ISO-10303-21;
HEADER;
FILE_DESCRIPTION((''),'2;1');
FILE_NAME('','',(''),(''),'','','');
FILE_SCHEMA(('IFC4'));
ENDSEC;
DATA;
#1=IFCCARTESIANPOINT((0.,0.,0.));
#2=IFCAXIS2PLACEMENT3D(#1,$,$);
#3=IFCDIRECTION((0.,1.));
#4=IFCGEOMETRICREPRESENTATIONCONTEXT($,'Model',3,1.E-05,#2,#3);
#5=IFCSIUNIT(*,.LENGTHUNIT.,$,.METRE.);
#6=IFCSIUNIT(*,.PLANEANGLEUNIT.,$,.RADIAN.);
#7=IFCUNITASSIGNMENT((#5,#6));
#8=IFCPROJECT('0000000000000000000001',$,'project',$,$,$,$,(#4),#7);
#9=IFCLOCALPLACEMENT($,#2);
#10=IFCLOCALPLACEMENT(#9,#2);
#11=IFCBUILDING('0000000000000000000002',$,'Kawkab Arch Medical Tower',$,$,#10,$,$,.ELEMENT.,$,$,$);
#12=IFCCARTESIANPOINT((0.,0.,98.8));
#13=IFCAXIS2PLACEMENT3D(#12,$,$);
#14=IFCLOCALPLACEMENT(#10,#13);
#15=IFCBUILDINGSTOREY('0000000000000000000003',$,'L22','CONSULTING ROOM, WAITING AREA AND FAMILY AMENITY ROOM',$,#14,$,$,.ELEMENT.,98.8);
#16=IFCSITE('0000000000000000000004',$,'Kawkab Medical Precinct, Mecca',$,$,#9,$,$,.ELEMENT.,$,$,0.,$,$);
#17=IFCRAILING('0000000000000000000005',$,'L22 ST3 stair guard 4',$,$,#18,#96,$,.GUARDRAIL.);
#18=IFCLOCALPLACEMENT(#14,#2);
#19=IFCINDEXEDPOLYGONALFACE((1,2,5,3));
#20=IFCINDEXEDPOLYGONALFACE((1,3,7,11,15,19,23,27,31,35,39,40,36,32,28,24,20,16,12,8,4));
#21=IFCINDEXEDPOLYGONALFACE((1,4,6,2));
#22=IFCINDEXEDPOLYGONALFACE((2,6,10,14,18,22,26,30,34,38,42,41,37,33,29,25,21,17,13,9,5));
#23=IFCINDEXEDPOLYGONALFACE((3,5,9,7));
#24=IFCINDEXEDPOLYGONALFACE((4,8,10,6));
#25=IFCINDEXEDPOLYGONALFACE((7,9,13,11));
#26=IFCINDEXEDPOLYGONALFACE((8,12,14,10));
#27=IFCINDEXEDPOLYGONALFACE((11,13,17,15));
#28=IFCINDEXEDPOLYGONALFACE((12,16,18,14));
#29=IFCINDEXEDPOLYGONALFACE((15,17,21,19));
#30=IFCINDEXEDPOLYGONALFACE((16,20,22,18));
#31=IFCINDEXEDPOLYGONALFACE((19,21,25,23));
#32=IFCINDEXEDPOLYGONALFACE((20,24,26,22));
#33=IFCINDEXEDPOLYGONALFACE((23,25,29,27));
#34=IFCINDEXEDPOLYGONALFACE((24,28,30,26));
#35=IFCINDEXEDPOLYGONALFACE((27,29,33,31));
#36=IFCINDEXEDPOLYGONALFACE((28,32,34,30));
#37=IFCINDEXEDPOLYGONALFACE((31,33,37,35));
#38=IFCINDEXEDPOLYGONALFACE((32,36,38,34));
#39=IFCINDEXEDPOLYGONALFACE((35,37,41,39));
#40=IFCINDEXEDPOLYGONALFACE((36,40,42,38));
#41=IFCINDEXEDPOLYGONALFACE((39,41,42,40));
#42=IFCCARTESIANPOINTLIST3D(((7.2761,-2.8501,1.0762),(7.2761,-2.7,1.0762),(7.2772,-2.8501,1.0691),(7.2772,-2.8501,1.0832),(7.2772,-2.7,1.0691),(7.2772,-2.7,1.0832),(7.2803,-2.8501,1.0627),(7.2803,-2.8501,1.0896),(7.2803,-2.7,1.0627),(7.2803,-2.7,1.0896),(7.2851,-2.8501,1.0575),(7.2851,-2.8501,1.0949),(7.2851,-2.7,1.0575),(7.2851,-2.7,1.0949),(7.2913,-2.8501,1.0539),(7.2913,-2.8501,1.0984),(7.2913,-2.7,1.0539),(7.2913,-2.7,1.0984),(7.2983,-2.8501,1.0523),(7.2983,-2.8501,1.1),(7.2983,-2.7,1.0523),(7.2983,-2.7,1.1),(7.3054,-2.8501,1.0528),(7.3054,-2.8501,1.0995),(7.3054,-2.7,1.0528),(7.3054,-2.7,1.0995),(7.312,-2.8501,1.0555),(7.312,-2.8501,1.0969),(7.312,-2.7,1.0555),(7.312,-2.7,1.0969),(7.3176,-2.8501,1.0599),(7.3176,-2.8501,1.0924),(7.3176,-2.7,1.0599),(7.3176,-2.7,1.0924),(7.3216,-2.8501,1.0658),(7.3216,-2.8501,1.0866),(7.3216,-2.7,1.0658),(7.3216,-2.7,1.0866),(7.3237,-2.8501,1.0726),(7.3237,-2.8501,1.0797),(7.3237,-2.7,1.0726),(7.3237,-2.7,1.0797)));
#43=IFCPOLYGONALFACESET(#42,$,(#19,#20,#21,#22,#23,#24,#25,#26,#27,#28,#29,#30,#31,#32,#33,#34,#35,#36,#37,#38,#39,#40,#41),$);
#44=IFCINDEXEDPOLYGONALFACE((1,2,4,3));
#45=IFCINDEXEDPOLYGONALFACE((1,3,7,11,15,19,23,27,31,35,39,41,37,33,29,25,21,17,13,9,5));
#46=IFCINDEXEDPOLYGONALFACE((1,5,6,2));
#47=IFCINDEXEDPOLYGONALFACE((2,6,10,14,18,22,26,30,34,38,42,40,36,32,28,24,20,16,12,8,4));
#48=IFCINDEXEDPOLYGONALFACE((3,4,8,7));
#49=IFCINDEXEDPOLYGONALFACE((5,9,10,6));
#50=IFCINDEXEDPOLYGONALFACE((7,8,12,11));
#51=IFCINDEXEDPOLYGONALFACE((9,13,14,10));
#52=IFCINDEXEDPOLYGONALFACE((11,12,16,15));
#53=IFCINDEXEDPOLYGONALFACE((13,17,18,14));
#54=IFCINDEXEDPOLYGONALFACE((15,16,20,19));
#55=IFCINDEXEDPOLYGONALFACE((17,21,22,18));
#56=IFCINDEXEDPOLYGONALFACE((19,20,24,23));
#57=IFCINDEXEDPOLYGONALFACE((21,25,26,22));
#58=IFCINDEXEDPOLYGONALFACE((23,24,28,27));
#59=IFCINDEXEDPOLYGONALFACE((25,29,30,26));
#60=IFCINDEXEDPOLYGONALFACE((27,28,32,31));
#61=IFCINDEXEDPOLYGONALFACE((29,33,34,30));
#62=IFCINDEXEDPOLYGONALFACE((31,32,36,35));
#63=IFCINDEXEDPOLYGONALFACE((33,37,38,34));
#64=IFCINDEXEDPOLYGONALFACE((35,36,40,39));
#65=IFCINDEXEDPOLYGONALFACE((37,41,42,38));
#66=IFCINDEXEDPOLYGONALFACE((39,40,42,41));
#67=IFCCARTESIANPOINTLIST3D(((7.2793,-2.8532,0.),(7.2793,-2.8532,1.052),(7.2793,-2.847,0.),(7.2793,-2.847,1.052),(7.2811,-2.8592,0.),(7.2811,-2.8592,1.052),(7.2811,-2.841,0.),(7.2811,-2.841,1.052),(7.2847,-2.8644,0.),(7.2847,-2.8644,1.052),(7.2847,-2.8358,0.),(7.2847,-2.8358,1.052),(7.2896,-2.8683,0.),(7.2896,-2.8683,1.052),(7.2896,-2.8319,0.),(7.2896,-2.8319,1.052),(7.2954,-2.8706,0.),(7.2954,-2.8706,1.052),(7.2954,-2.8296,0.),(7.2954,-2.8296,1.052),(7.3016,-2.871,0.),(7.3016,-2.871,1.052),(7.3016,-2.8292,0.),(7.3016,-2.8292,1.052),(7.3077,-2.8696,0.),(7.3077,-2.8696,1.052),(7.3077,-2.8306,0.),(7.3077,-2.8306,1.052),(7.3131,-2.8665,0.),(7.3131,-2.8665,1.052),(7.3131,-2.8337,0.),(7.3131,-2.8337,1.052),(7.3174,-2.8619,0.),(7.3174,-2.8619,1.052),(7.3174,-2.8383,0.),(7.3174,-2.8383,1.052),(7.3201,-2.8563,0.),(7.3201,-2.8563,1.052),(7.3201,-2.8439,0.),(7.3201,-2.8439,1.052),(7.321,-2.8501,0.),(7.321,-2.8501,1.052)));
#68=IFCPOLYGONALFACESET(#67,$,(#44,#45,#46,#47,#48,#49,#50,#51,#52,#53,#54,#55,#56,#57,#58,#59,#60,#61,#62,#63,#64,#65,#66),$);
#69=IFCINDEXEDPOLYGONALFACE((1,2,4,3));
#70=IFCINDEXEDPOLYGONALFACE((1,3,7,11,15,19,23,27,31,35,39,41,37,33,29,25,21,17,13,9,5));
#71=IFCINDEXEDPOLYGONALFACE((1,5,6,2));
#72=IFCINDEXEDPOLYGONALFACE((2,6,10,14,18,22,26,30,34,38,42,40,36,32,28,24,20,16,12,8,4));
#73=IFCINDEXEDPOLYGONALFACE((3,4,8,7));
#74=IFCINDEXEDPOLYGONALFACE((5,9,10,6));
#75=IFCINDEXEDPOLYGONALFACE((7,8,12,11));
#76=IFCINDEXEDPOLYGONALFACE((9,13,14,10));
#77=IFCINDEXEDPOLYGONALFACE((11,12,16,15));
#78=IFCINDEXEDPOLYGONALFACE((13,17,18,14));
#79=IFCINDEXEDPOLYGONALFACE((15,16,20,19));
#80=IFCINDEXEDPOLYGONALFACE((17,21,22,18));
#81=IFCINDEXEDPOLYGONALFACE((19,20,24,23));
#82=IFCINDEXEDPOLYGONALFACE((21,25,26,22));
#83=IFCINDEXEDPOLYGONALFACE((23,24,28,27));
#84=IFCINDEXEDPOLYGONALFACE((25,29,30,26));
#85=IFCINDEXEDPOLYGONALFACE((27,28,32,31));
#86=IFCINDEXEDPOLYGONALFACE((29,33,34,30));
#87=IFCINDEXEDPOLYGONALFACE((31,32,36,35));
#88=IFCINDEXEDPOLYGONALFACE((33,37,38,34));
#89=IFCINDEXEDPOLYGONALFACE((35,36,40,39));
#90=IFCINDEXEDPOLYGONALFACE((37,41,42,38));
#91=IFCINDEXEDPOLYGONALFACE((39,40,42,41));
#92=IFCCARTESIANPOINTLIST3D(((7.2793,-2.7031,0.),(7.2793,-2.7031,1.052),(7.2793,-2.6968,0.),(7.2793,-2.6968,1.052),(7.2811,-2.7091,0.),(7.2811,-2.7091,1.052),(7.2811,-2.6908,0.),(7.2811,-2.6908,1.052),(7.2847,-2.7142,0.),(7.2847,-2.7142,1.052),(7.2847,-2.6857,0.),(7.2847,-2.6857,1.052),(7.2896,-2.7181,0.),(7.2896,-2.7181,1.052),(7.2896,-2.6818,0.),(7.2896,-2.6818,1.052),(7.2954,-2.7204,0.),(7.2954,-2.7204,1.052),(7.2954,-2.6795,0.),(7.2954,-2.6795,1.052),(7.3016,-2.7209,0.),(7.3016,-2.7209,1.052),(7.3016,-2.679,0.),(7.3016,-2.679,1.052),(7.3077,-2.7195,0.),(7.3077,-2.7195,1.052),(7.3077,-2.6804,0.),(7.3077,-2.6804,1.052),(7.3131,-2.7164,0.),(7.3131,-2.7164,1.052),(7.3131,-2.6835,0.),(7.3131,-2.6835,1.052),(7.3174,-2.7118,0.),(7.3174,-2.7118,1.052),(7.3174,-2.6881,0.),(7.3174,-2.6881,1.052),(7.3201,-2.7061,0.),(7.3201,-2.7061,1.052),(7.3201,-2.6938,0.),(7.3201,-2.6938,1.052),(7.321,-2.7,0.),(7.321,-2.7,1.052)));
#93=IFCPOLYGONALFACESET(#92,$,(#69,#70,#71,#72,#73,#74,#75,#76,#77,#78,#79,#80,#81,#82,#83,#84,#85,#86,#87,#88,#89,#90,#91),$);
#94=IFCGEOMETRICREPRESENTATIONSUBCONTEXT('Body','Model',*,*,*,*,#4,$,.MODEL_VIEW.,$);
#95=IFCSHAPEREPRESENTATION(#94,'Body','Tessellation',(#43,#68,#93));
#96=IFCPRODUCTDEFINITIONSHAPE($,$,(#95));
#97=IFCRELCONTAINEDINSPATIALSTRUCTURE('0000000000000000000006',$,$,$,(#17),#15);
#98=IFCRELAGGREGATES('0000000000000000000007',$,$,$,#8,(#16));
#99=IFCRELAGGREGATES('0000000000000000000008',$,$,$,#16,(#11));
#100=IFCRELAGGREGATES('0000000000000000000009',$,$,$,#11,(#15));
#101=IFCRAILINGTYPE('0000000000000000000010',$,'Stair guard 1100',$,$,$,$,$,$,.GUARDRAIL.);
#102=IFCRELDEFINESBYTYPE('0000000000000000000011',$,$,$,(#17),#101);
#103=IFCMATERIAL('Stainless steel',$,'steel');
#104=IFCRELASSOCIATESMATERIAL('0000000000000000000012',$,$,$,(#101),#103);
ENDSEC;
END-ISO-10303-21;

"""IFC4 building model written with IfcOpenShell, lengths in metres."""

from ifc_helpers import new_model, si_unit, direction, frame, origin, origin_2d, place, context, subcontext, project, spatial, circle, extrude, material, type_object, element, save


model = new_model("IFC4")

# Units and contexts
model_context = context("Model", 3, precision=1e-05, world=origin(), true_north=direction((0.0, 1.0)))
body_context = subcontext(model_context, "Body", "Model", "MODEL_VIEW")
ifc_project = project(units=[si_unit("LENGTHUNIT", "METRE"), si_unit("PLANEANGLEUNIT", "RADIAN")], contexts=[model_context])

# Site, building, storey
site_placement = place(None, origin())
site = spatial("IfcSite", under=ifc_project, at=site_placement, Name="Kawkab Medical Precinct, Mecca", CompositionType="ELEMENT", RefElevation=0.0)
building_placement = place(site_placement, origin())
building = spatial("IfcBuilding", under=site, at=building_placement, Name="Kawkab Arch Medical Tower", CompositionType="ELEMENT")
storey_placement = place(building_placement, frame((0.0, 0.0, 98.8)))
storey = spatial("IfcBuildingStorey", under=building, at=storey_placement, Name="L22", Description="CONSULTING ROOM, WAITING AREA AND FAMILY AMENITY ROOM", CompositionType="ELEMENT", Elevation=98.8)

# Railing
ifc_material_1 = material(Name="Stainless steel", Category="steel")
railing_type = type_object("IfcRailingType", Name="Stair guard 1100", PredefinedType="GUARDRAIL", material=ifc_material_1)
railing_placement = place(storey_placement, frame((7.3, -2.8501, 0.0)))
element("IfcRailing", 1, at=railing_placement, inside=storey, type_object=railing_type, Name="L22 ST3 stair guard 4", PredefinedType="GUARDRAIL", context=body_context, shape_type="SweptSolid", body=[
    extrude(circle(Radius=0.0239, at=origin_2d()), frame((0.0, 0.0, 1.0762), z_axis=(0.0, 1.0, 0.0), x_axis=(-1.0, 0.0, 0.0)), (0.0, 0.0, 1.0), 0.1501),
    extrude(circle(Radius=0.021, at=origin_2d()), origin(), (0.0, 0.0, 1.0), 1.052),
    extrude(circle(Radius=0.021, at=origin_2d()), frame((0.0, 0.1501, 0.0)), (0.0, 0.0, 1.0), 1.052),
])

save(model, "model.ifc")
